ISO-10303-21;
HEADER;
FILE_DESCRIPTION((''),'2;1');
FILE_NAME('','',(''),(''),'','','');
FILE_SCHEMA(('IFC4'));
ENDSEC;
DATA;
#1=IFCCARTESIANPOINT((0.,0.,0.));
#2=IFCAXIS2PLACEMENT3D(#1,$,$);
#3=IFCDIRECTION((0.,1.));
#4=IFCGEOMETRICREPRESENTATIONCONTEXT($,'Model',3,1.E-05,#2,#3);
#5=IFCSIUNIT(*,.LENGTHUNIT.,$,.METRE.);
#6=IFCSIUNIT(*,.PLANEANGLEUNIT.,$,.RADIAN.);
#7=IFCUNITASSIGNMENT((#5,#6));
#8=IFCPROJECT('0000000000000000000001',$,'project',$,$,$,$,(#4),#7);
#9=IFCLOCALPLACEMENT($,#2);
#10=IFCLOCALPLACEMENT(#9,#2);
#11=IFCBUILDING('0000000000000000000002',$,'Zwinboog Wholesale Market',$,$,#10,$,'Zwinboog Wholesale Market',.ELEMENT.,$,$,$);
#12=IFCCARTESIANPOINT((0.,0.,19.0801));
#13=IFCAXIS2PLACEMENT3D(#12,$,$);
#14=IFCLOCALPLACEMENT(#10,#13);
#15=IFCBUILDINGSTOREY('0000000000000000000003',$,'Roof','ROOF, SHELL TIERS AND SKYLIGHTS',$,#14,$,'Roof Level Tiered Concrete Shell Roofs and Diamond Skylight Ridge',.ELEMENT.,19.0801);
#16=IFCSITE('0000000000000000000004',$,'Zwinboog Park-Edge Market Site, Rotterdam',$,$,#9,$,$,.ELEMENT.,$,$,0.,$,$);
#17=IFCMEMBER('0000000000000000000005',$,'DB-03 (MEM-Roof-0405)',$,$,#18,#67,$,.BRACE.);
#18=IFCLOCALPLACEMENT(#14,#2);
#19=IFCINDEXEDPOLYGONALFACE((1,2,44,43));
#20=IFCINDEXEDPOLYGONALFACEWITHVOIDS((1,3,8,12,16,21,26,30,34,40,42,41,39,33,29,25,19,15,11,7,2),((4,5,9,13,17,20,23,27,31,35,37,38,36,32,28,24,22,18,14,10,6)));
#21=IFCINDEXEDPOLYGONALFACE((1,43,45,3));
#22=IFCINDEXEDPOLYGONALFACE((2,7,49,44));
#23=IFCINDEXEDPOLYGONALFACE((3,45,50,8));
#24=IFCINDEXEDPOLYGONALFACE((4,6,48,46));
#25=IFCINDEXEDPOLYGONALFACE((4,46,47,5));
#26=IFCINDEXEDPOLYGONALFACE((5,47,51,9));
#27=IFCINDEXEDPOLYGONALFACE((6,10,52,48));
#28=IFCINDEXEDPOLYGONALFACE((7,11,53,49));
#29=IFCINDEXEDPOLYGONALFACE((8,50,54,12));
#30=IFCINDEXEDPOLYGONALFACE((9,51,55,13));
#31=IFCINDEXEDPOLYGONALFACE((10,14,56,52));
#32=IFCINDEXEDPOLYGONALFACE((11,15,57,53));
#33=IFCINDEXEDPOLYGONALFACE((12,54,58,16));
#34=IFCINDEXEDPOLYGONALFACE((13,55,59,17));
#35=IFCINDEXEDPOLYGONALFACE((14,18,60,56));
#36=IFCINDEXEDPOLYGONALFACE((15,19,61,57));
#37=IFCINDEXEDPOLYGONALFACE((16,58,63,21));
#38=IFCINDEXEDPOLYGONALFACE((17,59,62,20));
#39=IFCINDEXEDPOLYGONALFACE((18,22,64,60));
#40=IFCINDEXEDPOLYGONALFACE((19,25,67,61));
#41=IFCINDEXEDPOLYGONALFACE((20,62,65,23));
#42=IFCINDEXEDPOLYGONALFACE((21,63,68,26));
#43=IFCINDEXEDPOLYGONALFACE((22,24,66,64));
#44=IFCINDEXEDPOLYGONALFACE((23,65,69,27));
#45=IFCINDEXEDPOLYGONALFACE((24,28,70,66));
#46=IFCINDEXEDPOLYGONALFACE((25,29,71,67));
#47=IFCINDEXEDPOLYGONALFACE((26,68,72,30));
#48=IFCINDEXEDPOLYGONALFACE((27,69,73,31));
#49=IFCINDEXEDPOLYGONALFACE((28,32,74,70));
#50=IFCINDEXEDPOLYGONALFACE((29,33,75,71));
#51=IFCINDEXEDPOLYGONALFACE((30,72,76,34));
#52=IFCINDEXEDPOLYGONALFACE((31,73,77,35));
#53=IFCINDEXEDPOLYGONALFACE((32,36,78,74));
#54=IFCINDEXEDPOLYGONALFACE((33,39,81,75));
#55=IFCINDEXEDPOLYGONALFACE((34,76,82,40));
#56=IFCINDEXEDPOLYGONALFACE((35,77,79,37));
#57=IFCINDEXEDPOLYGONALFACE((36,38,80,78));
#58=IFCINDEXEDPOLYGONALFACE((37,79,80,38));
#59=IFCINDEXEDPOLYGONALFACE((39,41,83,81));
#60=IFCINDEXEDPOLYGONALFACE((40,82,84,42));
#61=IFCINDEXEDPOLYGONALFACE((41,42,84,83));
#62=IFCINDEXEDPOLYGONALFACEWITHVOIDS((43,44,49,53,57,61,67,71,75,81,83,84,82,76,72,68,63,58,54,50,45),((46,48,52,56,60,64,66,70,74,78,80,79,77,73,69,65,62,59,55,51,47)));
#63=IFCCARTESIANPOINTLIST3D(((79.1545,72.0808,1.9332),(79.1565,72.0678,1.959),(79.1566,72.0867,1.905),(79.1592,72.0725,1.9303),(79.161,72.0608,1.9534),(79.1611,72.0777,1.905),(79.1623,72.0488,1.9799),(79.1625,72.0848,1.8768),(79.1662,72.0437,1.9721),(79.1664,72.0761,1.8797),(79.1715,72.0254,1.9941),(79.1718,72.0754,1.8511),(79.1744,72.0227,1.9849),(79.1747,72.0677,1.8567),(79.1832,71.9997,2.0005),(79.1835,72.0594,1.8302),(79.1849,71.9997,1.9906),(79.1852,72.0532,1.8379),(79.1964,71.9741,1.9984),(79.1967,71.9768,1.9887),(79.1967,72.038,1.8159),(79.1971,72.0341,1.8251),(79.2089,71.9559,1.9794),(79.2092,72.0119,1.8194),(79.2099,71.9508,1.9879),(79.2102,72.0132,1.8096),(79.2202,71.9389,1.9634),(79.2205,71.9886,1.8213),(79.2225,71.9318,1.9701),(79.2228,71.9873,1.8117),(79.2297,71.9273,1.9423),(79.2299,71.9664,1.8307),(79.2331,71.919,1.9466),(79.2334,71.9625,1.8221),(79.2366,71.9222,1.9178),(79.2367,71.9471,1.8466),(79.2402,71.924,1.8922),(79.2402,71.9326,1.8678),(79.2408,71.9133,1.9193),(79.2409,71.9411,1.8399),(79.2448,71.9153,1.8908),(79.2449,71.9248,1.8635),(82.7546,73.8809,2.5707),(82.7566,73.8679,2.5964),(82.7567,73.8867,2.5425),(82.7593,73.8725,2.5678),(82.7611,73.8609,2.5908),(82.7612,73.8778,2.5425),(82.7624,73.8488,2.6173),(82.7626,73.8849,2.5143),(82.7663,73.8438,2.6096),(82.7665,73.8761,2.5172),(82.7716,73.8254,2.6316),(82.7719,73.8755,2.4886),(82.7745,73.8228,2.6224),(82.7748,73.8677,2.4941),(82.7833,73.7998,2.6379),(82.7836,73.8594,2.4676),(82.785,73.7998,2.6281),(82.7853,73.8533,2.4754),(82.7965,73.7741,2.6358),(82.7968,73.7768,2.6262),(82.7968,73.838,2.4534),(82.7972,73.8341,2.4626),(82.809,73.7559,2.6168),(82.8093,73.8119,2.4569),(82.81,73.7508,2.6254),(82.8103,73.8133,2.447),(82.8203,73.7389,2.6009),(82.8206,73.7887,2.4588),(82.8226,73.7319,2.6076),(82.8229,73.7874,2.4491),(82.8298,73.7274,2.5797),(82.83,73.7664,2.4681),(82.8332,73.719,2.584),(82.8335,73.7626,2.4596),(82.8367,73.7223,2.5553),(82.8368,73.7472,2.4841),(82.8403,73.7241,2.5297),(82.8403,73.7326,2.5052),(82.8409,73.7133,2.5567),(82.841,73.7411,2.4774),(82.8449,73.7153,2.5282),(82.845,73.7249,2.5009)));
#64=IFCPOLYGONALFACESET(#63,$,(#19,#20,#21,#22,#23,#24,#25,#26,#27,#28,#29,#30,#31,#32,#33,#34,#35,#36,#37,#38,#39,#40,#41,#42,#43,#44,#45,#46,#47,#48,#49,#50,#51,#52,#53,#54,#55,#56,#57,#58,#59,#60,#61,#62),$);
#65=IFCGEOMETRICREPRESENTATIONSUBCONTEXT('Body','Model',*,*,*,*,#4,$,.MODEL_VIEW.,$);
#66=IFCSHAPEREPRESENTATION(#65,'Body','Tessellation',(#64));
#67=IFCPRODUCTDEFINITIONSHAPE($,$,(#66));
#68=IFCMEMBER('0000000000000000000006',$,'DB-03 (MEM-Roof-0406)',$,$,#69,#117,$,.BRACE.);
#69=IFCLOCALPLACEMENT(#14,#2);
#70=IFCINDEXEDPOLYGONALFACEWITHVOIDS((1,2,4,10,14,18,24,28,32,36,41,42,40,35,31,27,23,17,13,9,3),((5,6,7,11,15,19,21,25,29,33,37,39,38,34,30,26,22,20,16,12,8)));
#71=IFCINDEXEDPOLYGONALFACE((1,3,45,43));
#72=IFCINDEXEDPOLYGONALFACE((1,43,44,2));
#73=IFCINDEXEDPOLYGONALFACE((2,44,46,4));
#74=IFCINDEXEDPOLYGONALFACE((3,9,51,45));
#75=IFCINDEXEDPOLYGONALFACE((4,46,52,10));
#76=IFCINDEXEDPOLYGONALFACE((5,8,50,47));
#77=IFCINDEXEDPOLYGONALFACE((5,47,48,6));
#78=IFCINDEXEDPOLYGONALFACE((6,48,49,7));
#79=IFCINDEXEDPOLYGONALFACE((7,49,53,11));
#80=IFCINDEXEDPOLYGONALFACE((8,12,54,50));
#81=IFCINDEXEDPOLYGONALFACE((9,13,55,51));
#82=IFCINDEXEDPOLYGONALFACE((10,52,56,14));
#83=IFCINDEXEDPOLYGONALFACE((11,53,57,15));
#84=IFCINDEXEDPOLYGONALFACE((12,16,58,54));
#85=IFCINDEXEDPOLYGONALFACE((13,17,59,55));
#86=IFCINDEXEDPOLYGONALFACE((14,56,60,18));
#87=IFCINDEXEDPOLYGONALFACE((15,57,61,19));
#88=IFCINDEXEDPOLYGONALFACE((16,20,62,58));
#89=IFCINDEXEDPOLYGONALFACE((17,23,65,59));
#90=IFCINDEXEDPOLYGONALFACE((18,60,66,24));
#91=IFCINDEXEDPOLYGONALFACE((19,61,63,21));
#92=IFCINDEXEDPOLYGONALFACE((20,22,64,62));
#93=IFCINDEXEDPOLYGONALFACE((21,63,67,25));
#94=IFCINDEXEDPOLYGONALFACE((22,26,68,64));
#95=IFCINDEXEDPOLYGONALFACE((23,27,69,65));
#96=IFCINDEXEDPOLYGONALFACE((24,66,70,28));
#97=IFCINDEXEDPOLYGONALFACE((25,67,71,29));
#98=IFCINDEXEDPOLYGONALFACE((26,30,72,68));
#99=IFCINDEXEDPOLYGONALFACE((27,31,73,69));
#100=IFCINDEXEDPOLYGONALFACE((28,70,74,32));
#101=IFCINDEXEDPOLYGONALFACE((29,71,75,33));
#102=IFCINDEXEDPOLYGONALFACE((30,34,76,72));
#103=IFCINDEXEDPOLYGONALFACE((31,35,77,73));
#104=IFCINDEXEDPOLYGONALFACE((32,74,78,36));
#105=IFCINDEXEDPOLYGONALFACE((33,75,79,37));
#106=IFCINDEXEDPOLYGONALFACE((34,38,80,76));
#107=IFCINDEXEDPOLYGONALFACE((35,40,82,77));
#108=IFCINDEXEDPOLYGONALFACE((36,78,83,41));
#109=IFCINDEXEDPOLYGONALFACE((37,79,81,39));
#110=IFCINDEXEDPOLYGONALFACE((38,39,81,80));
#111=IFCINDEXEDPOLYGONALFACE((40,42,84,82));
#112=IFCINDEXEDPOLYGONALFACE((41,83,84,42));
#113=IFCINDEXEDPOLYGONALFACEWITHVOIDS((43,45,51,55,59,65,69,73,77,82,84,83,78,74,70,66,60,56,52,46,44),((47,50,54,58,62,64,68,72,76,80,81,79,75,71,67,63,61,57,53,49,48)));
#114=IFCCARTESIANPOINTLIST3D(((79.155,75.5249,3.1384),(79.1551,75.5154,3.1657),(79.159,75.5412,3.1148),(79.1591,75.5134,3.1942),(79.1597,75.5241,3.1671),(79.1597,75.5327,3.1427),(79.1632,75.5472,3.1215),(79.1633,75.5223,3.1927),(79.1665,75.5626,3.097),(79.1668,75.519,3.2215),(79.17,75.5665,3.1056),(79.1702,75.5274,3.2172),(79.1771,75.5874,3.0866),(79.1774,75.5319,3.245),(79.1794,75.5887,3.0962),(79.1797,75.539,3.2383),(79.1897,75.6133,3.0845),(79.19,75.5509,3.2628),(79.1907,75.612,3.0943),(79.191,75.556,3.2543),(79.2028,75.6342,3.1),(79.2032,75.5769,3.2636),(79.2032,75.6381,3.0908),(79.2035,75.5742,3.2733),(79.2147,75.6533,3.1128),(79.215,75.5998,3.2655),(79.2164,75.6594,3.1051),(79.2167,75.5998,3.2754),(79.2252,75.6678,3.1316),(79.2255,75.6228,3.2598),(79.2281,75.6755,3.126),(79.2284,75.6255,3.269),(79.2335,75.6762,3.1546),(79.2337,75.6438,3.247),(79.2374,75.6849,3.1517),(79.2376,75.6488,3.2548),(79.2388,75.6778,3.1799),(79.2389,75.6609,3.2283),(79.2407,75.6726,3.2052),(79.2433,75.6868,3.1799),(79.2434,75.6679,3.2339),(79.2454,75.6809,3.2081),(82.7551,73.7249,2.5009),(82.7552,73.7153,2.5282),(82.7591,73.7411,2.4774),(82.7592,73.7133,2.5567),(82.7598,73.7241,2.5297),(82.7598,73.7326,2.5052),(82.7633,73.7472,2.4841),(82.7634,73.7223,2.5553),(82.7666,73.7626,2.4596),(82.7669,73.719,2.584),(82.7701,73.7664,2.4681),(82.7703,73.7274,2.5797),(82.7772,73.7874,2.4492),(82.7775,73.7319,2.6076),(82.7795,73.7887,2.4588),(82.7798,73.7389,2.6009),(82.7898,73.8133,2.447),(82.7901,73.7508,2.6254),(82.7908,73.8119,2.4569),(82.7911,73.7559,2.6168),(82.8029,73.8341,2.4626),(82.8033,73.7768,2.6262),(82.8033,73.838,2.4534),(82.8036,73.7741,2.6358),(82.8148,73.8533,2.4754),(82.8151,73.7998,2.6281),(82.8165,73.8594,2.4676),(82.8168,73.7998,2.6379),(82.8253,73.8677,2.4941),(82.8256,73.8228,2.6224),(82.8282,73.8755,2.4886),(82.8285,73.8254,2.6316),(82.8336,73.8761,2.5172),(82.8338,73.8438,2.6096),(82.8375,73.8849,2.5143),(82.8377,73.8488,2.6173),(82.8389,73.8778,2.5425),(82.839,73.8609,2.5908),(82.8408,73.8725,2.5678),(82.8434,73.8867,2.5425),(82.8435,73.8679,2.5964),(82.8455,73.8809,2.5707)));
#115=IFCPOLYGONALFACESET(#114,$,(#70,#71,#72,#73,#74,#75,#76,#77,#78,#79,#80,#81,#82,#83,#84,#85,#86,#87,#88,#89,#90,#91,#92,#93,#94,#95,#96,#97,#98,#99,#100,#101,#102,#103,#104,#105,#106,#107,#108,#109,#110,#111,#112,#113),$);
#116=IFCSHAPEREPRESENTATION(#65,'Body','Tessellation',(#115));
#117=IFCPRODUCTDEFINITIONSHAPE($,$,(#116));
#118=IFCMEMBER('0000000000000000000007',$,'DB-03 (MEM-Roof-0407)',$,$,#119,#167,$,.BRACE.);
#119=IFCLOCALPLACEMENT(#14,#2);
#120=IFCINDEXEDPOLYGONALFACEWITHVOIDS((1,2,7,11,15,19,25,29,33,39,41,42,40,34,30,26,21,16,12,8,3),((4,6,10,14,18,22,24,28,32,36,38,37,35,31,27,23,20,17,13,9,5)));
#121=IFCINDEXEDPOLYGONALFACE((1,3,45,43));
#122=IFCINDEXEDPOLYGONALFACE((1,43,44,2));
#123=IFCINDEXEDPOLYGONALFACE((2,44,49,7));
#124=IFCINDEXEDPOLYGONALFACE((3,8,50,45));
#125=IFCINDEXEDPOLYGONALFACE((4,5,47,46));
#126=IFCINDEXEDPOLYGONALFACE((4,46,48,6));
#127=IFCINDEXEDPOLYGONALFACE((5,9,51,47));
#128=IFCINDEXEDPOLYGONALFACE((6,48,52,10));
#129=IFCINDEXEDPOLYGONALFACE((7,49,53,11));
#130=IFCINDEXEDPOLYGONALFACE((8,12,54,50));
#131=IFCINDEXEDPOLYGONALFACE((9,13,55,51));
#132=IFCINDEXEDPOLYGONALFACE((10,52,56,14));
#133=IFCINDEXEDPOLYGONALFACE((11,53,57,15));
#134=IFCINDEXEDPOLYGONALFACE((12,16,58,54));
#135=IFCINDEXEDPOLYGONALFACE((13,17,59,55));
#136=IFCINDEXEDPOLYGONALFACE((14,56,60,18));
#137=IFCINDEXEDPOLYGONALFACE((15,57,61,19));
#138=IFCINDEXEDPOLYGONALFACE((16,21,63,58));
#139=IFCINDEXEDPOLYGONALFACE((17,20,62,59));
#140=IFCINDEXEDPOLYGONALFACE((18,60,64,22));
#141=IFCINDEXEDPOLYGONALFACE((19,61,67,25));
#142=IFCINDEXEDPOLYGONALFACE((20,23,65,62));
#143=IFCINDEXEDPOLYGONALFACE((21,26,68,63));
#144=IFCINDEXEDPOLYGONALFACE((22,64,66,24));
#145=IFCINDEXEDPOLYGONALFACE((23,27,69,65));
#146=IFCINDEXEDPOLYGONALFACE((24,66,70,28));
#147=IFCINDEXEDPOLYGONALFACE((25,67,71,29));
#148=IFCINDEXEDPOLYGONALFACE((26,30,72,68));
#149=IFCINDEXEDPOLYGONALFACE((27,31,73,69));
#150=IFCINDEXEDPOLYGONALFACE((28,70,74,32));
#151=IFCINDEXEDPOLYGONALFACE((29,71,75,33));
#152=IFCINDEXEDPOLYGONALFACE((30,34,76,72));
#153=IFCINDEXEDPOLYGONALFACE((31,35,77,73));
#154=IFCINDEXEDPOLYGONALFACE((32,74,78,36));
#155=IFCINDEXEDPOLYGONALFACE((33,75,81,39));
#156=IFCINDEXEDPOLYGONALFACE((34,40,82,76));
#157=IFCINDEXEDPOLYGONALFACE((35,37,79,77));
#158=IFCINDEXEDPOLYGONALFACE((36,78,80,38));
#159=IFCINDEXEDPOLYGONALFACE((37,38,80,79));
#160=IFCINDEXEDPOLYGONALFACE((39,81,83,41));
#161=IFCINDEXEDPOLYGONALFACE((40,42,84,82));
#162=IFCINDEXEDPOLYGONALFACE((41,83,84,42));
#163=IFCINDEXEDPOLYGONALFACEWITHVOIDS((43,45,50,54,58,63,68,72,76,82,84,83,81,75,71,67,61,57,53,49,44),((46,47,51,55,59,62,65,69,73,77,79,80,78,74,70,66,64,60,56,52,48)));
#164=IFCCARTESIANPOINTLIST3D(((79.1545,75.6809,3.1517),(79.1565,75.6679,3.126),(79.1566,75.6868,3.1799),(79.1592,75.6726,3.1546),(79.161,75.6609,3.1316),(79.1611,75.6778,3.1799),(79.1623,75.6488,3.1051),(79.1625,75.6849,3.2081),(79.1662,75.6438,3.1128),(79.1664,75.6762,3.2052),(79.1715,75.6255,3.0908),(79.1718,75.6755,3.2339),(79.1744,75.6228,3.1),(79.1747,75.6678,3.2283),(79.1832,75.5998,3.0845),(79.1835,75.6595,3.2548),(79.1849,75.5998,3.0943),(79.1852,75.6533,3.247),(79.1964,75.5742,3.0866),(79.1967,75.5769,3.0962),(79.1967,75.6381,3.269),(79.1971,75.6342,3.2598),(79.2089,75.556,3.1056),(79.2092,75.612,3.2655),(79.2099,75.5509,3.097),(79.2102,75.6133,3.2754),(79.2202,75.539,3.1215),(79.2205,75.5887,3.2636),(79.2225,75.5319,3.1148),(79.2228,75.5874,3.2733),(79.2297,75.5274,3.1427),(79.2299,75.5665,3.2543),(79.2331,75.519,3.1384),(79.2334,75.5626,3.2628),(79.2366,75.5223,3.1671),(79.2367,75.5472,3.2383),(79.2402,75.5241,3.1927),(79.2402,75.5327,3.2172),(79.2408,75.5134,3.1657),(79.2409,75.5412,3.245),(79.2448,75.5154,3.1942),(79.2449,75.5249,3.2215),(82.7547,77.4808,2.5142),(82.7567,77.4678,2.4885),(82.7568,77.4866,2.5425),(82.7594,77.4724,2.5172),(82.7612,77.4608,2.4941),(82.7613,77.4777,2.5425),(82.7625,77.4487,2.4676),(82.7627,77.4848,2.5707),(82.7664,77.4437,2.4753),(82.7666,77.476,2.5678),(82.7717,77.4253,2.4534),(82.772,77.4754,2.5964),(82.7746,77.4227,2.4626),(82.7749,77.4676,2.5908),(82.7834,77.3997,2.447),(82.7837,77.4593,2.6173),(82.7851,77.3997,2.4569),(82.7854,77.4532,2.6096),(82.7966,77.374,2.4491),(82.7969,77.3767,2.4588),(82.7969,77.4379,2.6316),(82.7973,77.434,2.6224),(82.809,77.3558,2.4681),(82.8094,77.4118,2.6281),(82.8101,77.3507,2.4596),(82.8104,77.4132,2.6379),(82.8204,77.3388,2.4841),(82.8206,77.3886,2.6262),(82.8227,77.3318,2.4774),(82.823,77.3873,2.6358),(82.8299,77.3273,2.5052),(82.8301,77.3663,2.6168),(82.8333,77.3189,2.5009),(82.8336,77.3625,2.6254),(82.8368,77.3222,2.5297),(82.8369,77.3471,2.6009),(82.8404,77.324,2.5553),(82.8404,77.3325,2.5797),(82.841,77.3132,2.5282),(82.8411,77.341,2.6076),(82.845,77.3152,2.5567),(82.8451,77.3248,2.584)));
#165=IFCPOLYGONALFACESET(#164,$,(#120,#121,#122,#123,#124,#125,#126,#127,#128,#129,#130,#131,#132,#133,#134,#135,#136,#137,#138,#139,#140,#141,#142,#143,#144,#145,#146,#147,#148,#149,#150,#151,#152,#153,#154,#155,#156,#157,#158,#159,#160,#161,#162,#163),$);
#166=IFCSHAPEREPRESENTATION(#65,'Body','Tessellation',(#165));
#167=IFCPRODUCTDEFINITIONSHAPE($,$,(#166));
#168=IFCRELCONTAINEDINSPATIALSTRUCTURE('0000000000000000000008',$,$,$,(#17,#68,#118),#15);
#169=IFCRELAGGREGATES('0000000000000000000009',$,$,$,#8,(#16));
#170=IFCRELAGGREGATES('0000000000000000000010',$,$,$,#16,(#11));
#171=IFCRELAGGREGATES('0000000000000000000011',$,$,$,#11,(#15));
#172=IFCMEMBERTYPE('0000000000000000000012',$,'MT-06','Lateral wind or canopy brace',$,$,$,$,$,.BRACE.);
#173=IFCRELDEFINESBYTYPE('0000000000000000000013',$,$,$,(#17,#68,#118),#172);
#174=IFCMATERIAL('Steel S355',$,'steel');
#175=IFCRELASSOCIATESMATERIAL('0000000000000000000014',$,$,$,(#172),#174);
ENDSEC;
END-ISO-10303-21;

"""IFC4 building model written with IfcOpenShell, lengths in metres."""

from ifc_helpers import new_model, si_unit, direction, frame, origin, origin_2d, place, context, subcontext, project, spatial, hollow_circle, extrude, material, material_profile, profile_set, type_object, element, save


model = new_model("IFC4")

# Units and contexts
model_context = context("Model", 3, precision=1e-05, world=origin(), true_north=direction((0.0, 1.0)))
body_context = subcontext(model_context, "Body", "Model", "MODEL_VIEW")
ifc_project = project(units=[si_unit("LENGTHUNIT", "METRE"), si_unit("PLANEANGLEUNIT", "RADIAN")], contexts=[model_context])

# Site, building, storey
site_placement = place(None, origin())
site = spatial("IfcSite", under=ifc_project, at=site_placement, Name="Zwinboog Park-Edge Market Site, Rotterdam", CompositionType="ELEMENT", RefElevation=0.0)
building_placement = place(site_placement, origin())
building = spatial("IfcBuilding", under=site, at=building_placement, Name="Zwinboog Wholesale Market", LongName="Zwinboog Wholesale Market", CompositionType="ELEMENT")
storey_placement = place(building_placement, frame((0.0, 0.0, 19.0801)))
storey = spatial("IfcBuildingStorey", under=building, at=storey_placement, Name="Roof", Description="ROOF, SHELL TIERS AND SKYLIGHTS", LongName="Roof Level Tiered Concrete Shell Roofs and Diamond Skylight Ridge", CompositionType="ELEMENT", Elevation=19.0801)

# Members
ifc_material_1 = material(Name="Steel S355", Category="steel")
ifc_material_profile_1 = material_profile(ifc_material_1, hollow_circle(Radius=0.0969, WallThickness=0.01, at=origin_2d()), Name="CHS 193.7x10")
ifc_profile_set_1 = profile_set([ifc_material_profile_1], Name="Steel S355")
member_type_1 = type_object("IfcMemberType", Name="MT-06", Description="Lateral wind or canopy brace", PredefinedType="BRACE", material=ifc_profile_set_1)
for number, where, z_axis, x_axis, name in (
    (1, (79.2, 72.0, 1.905), (0.883417, 0.441709, 0.156422), (-0.447214, 0.894427, 0.0), "DB-03 (MEM-Roof-0405)"),
    (2, (79.2, 75.6001, 3.1799), (0.883417, -0.441709, -0.156422), (0.447214, 0.894427, 0.0), "DB-03 (MEM-Roof-0406)"),
    (3, (79.2, 75.6001, 3.1799), (0.88344, 0.44166, -0.156426), (-0.447165, 0.894451, 0.0), "DB-03 (MEM-Roof-0407)"),
):
    element("IfcMember", number, at=place(storey_placement, frame(where, z_axis=z_axis, x_axis=x_axis)), inside=storey, type_object=member_type_1, Name=name, PredefinedType="BRACE", context=body_context, shape_type="SweptSolid", body=[
        extrude(hollow_circle(Radius=0.0969, WallThickness=0.01, at=origin_2d()), origin(), (0.0, 0.0, 1.0), 4.0752),
    ])

save(model, "model.ifc")
